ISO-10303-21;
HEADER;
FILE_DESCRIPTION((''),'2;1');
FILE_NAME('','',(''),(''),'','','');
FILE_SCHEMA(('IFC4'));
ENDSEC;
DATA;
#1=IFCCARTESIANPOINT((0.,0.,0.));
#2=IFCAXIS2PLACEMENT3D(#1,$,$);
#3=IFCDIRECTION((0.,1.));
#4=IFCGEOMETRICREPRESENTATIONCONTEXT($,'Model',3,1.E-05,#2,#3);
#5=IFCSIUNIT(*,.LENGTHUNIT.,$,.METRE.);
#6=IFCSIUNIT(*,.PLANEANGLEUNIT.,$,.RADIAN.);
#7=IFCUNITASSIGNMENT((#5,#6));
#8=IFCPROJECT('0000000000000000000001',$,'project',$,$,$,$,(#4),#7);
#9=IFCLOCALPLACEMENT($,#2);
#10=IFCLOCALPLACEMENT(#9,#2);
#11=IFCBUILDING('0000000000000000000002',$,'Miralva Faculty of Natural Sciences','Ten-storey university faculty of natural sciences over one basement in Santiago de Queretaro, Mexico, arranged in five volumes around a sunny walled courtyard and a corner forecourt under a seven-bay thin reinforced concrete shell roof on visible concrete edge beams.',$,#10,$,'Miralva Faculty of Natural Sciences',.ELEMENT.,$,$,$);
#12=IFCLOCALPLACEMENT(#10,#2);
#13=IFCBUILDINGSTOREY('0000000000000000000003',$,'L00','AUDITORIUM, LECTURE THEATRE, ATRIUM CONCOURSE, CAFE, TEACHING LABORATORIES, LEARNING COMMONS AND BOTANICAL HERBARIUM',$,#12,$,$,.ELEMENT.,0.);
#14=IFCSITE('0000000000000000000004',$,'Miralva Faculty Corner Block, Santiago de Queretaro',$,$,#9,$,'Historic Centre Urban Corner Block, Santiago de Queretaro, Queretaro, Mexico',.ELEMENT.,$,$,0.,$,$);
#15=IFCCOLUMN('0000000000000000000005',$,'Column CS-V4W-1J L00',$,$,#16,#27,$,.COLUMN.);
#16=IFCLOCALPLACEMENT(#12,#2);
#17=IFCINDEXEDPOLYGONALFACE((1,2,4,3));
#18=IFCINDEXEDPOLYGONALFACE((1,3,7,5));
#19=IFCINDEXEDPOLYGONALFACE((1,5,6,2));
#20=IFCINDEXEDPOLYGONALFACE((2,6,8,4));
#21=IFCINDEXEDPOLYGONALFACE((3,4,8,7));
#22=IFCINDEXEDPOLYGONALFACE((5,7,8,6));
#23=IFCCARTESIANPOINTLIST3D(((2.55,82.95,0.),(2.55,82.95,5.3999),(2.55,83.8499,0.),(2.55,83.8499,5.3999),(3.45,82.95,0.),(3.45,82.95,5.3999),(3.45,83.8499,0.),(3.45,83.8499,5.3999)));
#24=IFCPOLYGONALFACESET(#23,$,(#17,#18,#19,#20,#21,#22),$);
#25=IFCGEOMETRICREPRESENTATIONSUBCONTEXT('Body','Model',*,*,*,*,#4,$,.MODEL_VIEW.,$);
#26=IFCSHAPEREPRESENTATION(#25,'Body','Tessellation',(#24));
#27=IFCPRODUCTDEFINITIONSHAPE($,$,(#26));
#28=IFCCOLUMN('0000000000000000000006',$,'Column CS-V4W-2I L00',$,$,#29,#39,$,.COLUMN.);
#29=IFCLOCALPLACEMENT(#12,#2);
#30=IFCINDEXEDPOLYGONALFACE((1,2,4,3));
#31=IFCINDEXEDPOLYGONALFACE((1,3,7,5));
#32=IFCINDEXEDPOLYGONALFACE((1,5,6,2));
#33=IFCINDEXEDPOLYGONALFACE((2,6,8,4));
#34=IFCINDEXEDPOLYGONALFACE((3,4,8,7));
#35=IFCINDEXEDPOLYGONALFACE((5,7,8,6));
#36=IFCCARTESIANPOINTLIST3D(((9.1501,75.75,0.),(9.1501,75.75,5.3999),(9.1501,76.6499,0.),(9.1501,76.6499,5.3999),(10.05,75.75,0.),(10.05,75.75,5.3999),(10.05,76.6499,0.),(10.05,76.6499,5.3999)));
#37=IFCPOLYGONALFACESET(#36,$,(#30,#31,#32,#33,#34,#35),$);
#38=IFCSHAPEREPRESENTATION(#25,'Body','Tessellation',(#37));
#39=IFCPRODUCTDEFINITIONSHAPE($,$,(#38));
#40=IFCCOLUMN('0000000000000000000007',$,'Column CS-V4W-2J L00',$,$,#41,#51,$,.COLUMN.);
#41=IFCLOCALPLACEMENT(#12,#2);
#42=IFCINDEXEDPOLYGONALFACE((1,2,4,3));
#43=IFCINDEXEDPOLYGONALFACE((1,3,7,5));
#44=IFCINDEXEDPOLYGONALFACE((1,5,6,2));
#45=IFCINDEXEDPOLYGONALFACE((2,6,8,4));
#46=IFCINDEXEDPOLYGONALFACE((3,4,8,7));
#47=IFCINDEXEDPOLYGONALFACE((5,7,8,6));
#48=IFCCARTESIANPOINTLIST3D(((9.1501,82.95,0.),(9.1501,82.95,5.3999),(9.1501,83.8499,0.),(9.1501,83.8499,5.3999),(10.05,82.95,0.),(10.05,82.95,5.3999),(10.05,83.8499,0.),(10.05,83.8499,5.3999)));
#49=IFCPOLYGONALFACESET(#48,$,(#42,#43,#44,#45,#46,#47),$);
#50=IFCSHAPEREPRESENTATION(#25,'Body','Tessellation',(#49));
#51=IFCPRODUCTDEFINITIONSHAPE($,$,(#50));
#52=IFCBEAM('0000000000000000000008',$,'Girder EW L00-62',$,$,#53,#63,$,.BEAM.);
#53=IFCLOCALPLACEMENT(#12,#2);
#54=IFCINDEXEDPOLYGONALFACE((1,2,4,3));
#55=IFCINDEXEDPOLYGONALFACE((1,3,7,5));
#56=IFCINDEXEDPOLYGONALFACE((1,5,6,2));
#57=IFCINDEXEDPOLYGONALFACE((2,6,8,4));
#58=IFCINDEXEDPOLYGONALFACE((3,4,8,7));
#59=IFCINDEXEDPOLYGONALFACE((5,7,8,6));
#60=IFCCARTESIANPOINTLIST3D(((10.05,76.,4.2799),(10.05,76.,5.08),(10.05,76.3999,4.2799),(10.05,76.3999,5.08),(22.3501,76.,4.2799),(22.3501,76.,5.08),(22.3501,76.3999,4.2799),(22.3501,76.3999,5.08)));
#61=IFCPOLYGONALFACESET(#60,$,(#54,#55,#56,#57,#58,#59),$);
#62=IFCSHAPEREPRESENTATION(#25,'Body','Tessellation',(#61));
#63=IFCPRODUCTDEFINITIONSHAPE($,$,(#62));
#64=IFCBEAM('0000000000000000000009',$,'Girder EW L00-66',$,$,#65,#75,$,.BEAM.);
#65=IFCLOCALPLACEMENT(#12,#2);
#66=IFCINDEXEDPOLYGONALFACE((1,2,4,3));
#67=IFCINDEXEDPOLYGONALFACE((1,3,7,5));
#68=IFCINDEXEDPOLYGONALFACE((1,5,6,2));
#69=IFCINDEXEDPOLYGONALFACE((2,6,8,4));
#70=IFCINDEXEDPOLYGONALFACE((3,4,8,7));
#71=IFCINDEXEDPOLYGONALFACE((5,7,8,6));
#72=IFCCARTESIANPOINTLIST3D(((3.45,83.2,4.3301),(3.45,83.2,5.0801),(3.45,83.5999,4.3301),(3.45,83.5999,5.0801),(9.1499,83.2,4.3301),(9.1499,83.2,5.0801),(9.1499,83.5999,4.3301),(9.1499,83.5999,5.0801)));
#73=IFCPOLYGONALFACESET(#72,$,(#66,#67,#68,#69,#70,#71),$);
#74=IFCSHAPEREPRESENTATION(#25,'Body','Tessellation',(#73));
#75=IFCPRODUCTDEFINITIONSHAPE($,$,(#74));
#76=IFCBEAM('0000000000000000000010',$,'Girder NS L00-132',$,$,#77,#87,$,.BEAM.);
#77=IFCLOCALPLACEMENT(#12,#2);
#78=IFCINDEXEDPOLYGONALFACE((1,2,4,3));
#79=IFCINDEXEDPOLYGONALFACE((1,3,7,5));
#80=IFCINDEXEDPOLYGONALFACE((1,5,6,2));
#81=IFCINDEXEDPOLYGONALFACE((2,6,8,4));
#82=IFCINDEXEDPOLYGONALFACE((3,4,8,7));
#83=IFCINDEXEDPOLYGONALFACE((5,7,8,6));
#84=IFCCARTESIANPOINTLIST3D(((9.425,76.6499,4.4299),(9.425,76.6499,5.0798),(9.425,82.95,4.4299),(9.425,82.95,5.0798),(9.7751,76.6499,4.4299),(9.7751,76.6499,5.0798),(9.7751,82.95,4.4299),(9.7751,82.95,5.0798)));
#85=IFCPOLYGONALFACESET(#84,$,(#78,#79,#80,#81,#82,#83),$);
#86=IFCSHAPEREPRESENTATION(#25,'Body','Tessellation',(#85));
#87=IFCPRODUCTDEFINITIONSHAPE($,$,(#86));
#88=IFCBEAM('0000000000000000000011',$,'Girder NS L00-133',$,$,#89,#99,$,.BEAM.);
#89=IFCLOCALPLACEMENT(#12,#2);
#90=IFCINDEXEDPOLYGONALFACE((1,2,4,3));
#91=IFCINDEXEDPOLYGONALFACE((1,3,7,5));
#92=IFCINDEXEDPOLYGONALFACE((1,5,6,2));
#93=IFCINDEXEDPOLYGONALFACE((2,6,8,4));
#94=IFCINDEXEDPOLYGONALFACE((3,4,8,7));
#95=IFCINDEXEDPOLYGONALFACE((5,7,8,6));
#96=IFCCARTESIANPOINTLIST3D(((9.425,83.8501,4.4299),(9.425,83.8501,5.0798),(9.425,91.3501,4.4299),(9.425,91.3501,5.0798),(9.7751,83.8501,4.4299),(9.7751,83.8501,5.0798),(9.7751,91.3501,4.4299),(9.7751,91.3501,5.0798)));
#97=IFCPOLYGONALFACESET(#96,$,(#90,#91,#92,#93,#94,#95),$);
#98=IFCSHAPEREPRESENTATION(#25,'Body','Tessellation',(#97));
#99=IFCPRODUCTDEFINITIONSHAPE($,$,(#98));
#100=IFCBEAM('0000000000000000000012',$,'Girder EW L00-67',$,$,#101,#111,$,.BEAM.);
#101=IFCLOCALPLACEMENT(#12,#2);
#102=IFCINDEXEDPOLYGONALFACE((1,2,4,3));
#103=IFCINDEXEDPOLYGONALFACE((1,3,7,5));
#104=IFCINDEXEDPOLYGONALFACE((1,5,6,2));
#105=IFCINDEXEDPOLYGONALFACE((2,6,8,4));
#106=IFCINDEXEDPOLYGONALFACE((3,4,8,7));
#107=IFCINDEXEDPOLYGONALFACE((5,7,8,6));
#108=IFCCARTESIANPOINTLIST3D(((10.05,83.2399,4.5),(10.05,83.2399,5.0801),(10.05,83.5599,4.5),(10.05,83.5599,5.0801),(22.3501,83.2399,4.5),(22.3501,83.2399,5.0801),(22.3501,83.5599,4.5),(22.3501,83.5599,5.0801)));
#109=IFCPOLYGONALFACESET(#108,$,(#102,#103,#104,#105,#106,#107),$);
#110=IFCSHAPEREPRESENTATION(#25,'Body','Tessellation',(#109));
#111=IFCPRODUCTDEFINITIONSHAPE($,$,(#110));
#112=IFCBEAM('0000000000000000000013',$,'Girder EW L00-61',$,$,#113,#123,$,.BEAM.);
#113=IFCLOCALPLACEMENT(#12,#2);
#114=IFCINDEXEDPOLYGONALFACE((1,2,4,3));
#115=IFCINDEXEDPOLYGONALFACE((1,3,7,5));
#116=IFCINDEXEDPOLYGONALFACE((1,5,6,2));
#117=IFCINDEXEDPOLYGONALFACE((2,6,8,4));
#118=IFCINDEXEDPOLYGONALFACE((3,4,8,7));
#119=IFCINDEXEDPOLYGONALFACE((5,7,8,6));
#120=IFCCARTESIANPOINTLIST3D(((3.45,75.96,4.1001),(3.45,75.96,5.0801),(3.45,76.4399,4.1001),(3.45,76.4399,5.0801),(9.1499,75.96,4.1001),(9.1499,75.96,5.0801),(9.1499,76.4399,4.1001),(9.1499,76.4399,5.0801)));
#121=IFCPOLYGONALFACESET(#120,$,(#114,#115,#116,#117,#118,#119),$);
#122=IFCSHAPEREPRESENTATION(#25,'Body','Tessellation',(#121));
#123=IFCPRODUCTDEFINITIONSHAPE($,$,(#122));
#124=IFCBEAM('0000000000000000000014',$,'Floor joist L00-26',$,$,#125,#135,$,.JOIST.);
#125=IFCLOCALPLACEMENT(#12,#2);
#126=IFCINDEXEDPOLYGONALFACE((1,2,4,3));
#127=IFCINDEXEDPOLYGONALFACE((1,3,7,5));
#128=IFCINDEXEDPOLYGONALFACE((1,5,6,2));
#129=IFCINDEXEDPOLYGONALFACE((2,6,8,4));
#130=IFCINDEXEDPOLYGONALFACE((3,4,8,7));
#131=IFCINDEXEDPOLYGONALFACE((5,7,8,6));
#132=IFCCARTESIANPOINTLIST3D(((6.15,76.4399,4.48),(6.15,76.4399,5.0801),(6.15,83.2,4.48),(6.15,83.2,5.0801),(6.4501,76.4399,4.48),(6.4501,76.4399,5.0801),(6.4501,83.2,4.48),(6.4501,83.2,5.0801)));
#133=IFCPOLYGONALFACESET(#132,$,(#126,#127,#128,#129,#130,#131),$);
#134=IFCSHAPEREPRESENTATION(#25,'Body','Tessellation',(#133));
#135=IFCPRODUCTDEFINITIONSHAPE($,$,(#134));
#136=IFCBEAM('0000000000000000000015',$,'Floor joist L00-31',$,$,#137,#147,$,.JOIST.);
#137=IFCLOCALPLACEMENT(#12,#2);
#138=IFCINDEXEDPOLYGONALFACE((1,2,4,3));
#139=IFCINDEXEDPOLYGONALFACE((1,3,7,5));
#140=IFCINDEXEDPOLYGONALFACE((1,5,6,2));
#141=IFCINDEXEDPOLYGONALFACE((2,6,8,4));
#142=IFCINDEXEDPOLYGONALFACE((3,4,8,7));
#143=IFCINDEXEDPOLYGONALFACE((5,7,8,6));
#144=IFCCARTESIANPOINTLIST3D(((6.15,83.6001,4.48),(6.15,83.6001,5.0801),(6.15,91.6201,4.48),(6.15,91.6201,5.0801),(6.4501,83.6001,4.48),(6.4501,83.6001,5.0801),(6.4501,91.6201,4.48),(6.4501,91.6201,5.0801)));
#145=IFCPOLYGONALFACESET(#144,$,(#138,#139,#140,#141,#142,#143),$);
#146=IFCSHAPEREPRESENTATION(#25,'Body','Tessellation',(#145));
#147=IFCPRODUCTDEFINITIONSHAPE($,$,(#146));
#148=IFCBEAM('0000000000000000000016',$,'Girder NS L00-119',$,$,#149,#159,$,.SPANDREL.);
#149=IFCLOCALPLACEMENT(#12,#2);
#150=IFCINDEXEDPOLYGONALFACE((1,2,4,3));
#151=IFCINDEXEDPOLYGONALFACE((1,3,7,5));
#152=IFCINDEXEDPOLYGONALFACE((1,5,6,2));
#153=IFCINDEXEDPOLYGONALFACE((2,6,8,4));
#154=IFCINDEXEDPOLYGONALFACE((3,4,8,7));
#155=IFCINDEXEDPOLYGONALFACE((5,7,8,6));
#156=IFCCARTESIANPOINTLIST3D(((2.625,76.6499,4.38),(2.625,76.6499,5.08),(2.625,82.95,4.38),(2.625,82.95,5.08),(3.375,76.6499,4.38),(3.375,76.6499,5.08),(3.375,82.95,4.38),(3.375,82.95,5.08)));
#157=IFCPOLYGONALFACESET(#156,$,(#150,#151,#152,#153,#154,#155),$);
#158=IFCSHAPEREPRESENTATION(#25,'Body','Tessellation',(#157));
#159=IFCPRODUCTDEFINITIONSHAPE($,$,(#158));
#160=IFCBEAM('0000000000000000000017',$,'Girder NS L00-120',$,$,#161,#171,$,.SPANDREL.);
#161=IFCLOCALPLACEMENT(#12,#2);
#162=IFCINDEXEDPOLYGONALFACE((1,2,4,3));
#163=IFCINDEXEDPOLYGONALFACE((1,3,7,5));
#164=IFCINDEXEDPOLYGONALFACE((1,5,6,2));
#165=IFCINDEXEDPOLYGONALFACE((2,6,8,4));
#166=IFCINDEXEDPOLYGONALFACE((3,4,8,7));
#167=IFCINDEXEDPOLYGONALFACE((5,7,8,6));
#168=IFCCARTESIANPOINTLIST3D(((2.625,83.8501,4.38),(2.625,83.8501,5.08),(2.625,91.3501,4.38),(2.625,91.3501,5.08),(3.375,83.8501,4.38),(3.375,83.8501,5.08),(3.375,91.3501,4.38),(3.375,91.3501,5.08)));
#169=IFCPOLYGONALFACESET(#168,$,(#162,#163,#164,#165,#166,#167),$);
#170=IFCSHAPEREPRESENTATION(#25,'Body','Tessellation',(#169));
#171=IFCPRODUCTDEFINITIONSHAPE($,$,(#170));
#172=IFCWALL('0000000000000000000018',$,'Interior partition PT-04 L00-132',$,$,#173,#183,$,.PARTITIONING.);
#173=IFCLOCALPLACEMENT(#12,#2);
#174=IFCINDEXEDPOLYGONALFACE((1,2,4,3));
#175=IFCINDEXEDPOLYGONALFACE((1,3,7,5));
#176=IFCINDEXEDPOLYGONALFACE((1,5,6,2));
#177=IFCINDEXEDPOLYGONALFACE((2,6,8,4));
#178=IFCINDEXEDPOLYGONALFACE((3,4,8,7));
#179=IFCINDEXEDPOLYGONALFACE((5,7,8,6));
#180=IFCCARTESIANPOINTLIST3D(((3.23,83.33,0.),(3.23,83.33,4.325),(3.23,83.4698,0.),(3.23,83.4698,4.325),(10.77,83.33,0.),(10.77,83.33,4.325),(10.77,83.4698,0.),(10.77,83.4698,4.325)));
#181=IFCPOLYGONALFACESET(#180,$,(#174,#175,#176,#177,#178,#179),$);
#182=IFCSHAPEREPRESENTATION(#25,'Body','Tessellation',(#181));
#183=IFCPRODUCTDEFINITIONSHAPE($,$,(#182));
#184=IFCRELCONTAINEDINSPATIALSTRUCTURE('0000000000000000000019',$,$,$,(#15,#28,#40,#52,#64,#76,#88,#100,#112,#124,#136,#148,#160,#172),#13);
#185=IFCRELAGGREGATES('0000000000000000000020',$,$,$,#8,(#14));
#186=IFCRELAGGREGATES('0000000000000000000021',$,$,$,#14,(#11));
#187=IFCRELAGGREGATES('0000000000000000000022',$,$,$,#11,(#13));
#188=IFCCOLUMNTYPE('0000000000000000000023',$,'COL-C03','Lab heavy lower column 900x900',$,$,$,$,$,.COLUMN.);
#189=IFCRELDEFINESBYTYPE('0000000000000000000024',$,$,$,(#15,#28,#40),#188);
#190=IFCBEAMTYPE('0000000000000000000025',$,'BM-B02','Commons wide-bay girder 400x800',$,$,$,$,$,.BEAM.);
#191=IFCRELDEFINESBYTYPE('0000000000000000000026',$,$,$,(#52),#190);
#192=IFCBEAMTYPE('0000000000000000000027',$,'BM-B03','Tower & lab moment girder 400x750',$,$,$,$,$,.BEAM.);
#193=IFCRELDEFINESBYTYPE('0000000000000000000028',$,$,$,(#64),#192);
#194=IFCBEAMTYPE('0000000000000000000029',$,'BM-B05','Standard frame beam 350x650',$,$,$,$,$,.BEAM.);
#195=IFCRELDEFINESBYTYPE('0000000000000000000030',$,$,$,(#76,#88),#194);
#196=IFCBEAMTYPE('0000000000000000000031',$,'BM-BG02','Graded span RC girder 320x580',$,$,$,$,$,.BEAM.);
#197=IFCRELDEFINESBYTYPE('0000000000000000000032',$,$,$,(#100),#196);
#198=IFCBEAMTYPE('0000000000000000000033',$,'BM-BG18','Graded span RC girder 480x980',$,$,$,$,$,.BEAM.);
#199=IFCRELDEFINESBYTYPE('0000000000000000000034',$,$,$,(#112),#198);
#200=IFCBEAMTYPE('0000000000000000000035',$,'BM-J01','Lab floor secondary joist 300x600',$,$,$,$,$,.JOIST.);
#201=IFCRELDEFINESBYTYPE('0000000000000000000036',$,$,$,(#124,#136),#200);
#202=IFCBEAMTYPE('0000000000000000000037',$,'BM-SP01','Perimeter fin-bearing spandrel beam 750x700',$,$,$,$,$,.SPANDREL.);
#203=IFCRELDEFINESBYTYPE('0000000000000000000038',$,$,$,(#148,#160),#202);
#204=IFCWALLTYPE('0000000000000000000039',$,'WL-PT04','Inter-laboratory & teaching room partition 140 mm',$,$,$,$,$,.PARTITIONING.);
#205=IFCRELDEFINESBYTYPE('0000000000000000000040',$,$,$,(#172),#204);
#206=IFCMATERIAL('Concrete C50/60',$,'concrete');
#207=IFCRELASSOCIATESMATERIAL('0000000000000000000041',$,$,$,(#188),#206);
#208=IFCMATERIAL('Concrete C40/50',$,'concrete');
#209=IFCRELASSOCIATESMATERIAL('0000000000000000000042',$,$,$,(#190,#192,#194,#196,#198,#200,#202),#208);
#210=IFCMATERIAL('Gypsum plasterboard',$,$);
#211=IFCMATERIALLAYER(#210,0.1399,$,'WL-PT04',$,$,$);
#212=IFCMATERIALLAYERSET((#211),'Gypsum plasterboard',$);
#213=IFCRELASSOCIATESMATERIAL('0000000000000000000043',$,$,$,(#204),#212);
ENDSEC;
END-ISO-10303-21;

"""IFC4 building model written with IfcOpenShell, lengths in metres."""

from ifc_helpers import new_model, si_unit, direction, frame, frame_2d, origin, origin_2d, place, context, subcontext, project, spatial, rectangle, extrude, material, layer, layer_set, material_profile, profile_set, type_object, element, save


model = new_model("IFC4")

# Units and contexts
model_context = context("Model", 3, precision=1e-05, world=origin(), true_north=direction((0.0, 1.0)))
body_context = subcontext(model_context, "Body", "Model", "MODEL_VIEW")
ifc_project = project(units=[si_unit("LENGTHUNIT", "METRE"), si_unit("PLANEANGLEUNIT", "RADIAN")], contexts=[model_context])

# Site, building, storey
site_placement = place(None, origin())
site = spatial("IfcSite", under=ifc_project, at=site_placement, Name="Miralva Faculty Corner Block, Santiago de Queretaro", LongName="Historic Centre Urban Corner Block, Santiago de Queretaro, Queretaro, Mexico", CompositionType="ELEMENT", RefElevation=0.0)
building_placement = place(site_placement, origin())
building = spatial("IfcBuilding", under=site, at=building_placement, Name="Miralva Faculty of Natural Sciences", Description="Ten-storey university faculty of natural sciences over one basement in Santiago de Queretaro, Mexico, arranged in five volumes around a sunny walled courtyard and a corner forecourt under a seven-bay thin reinforced concrete shell roof on visible concrete edge beams.", LongName="Miralva Faculty of Natural Sciences", CompositionType="ELEMENT")
storey_placement = place(building_placement, origin())
storey = spatial("IfcBuildingStorey", under=building, at=storey_placement, Name="L00", Description="AUDITORIUM, LECTURE THEATRE, ATRIUM CONCOURSE, CAFE, TEACHING LABORATORIES, LEARNING COMMONS AND BOTANICAL HERBARIUM", CompositionType="ELEMENT", Elevation=0.0)

# Columns
ifc_material_1 = material(Name="Concrete C50/60", Category="concrete")
ifc_material_profile_1 = material_profile(ifc_material_1, rectangle(XDim=0.8999, YDim=0.8999, at=origin_2d()), Name="RC 900x900")
ifc_profile_set_1 = profile_set([ifc_material_profile_1], Name="Concrete C50/60")
column_type = type_object("IfcColumnType", Name="COL-C03", Description="Lab heavy lower column 900x900", PredefinedType="COLUMN", material=ifc_profile_set_1)
for number, where, z_axis, x_axis, name in (
    (1, (3.0, 83.3999, 0.0), (0.0, 0.0, 1.0), (1.0, 0.0, 0.0), "Column CS-V4W-1J L00"),
    (2, (9.6001, 76.2, 0.0), (0.0, 0.0, 1.0), (1.0, 0.0, 0.0), "Column CS-V4W-2I L00"),
    (3, (9.6001, 83.3999, 0.0), (0.0, 0.0, 1.0), (1.0, 0.0, 0.0), "Column CS-V4W-2J L00"),
):
    element("IfcColumn", number, at=place(storey_placement, frame(where, z_axis=z_axis, x_axis=x_axis)), inside=storey, type_object=column_type, Name=name, PredefinedType="COLUMN", context=body_context, shape_type="SweptSolid", body=[
        extrude(rectangle(XDim=0.8999, YDim=0.8999, at=origin_2d()), origin(), (0.0, 0.0, 1.0), 5.3999),
    ])

# Beams
ifc_material_2 = material(Name="Concrete C40/50", Category="concrete")
ifc_material_profile_2 = material_profile(ifc_material_2, rectangle(XDim=0.3999, YDim=0.8, at=origin_2d()), Name="RC 400x800")
ifc_profile_set_2 = profile_set([ifc_material_profile_2], Name="Concrete C40/50")
beam_type_1 = type_object("IfcBeamType", Name="BM-B02", Description="Commons wide-bay girder 400x800", PredefinedType="BEAM", material=ifc_profile_set_2)
beam_1_placement = place(storey_placement, frame((10.05, 76.2, 4.6799), z_axis=(1.0, 0.0, 0.0), x_axis=(0.0, 1.0, 0.0)))
element("IfcBeam", 4, at=beam_1_placement, inside=storey, type_object=beam_type_1, Name="Girder EW L00-62", PredefinedType="BEAM", context=body_context, shape_type="SweptSolid", body=[
    extrude(rectangle(XDim=0.3999, YDim=0.8, at=origin_2d()), origin(), (0.0, 0.0, 1.0), 12.3),
])
ifc_material_profile_3 = material_profile(ifc_material_2, rectangle(XDim=0.3999, YDim=0.75, at=origin_2d()), Name="RC 400x750")
ifc_profile_set_3 = profile_set([ifc_material_profile_3], Name="Concrete C40/50")
beam_type_2 = type_object("IfcBeamType", Name="BM-B03", Description="Tower & lab moment girder 400x750", PredefinedType="BEAM", material=ifc_profile_set_3)
beam_2_placement = place(storey_placement, frame((3.45, 83.3999, 4.7051), z_axis=(1.0, 0.0, 0.0), x_axis=(0.0, 1.0, 0.0)))
element("IfcBeam", 5, at=beam_2_placement, inside=storey, type_object=beam_type_2, Name="Girder EW L00-66", PredefinedType="BEAM", context=body_context, shape_type="SweptSolid", body=[
    extrude(rectangle(XDim=0.3999, YDim=0.75, at=origin_2d()), origin(), (0.0, 0.0, 1.0), 5.7),
])
ifc_material_profile_4 = material_profile(ifc_material_2, rectangle(XDim=0.3501, YDim=0.6499, at=origin_2d()), Name="RC 350x650")
ifc_profile_set_4 = profile_set([ifc_material_profile_4], Name="Concrete C40/50")
beam_type_3 = type_object("IfcBeamType", Name="BM-B05", Description="Standard frame beam 350x650", PredefinedType="BEAM", material=ifc_profile_set_4)
beam_3_placement = place(storey_placement, frame((9.6001, 76.6499, 4.7549), z_axis=(0.0, 1.0, 0.0), x_axis=(-1.0, 0.0, 0.0)))
element("IfcBeam", 6, at=beam_3_placement, inside=storey, type_object=beam_type_3, Name="Girder NS L00-132", PredefinedType="BEAM", context=body_context, shape_type="SweptSolid", body=[
    extrude(rectangle(XDim=0.3501, YDim=0.6499, at=origin_2d()), origin(), (0.0, 0.0, 1.0), 6.3),
])
beam_4_placement = place(storey_placement, frame((9.6001, 83.8501, 4.7549), z_axis=(0.0, 1.0, 0.0), x_axis=(-1.0, 0.0, 0.0)))
element("IfcBeam", 7, at=beam_4_placement, inside=storey, type_object=beam_type_3, Name="Girder NS L00-133", PredefinedType="BEAM", context=body_context, shape_type="SweptSolid", body=[
    extrude(rectangle(XDim=0.3501, YDim=0.6499, at=origin_2d()), origin(), (0.0, 0.0, 1.0), 7.5),
])
ifc_material_profile_5 = material_profile(ifc_material_2, rectangle(XDim=0.3201, YDim=0.5801, at=origin_2d()), Name="RC 320x580")
ifc_profile_set_5 = profile_set([ifc_material_profile_5], Name="Concrete C40/50")
beam_type_4 = type_object("IfcBeamType", Name="BM-BG02", Description="Graded span RC girder 320x580", PredefinedType="BEAM", material=ifc_profile_set_5)
beam_5_placement = place(storey_placement, frame((10.05, 83.3999, 4.79), z_axis=(1.0, 0.0, 0.0), x_axis=(0.0, 1.0, 0.0)))
element("IfcBeam", 8, at=beam_5_placement, inside=storey, type_object=beam_type_4, Name="Girder EW L00-67", PredefinedType="BEAM", context=body_context, shape_type="SweptSolid", body=[
    extrude(rectangle(XDim=0.3201, YDim=0.5801, at=origin_2d()), origin(), (0.0, 0.0, 1.0), 12.3),
])
ifc_material_profile_6 = material_profile(ifc_material_2, rectangle(XDim=0.48, YDim=0.98, at=origin_2d()), Name="RC 480x980")
ifc_profile_set_6 = profile_set([ifc_material_profile_6], Name="Concrete C40/50")
beam_type_5 = type_object("IfcBeamType", Name="BM-BG18", Description="Graded span RC girder 480x980", PredefinedType="BEAM", material=ifc_profile_set_6)
beam_6_placement = place(storey_placement, frame((3.45, 76.2, 4.5901), z_axis=(1.0, 0.0, 0.0), x_axis=(0.0, 1.0, 0.0)))
element("IfcBeam", 9, at=beam_6_placement, inside=storey, type_object=beam_type_5, Name="Girder EW L00-61", PredefinedType="BEAM", context=body_context, shape_type="SweptSolid", body=[
    extrude(rectangle(XDim=0.48, YDim=0.98, at=origin_2d()), origin(), (0.0, 0.0, 1.0), 5.7),
])
ifc_material_profile_7 = material_profile(ifc_material_2, rectangle(XDim=0.3, YDim=0.6001, at=origin_2d()), Name="RC 300x600")
ifc_profile_set_7 = profile_set([ifc_material_profile_7], Name="Concrete C40/50")
beam_type_6 = type_object("IfcBeamType", Name="BM-J01", Description="Lab floor secondary joist 300x600", PredefinedType="JOIST", material=ifc_profile_set_7)
beam_7_placement = place(storey_placement, frame((6.3, 76.4399, 4.78), z_axis=(0.0, 1.0, 0.0), x_axis=(-1.0, 0.0, 0.0)))
element("IfcBeam", 10, at=beam_7_placement, inside=storey, type_object=beam_type_6, Name="Floor joist L00-26", PredefinedType="JOIST", context=body_context, shape_type="SweptSolid", body=[
    extrude(rectangle(XDim=0.3, YDim=0.6001, at=origin_2d()), origin(), (0.0, 0.0, 1.0), 6.76),
])
beam_8_placement = place(storey_placement, frame((6.3, 83.6001, 4.78), z_axis=(0.0, 1.0, 0.0), x_axis=(-1.0, 0.0, 0.0)))
element("IfcBeam", 11, at=beam_8_placement, inside=storey, type_object=beam_type_6, Name="Floor joist L00-31", PredefinedType="JOIST", context=body_context, shape_type="SweptSolid", body=[
    extrude(rectangle(XDim=0.3, YDim=0.6001, at=origin_2d()), origin(), (0.0, 0.0, 1.0), 8.02),
])
ifc_material_profile_8 = material_profile(ifc_material_2, rectangle(XDim=0.75, YDim=0.7, at=origin_2d()), Name="RC 750x700")
ifc_profile_set_8 = profile_set([ifc_material_profile_8], Name="Concrete C40/50")
beam_type_7 = type_object("IfcBeamType", Name="BM-SP01", Description="Perimeter fin-bearing spandrel beam 750x700", PredefinedType="SPANDREL", material=ifc_profile_set_8)
beam_9_placement = place(storey_placement, frame((3.0, 76.6499, 4.73), z_axis=(0.0, 1.0, 0.0), x_axis=(-1.0, 0.0, 0.0)))
element("IfcBeam", 12, at=beam_9_placement, inside=storey, type_object=beam_type_7, Name="Girder NS L00-119", PredefinedType="SPANDREL", context=body_context, shape_type="SweptSolid", body=[
    extrude(rectangle(XDim=0.75, YDim=0.7, at=origin_2d()), origin(), (0.0, 0.0, 1.0), 6.3),
])
beam_10_placement = place(storey_placement, frame((3.0, 83.8501, 4.73), z_axis=(0.0, 1.0, 0.0), x_axis=(-1.0, 0.0, 0.0)))
element("IfcBeam", 13, at=beam_10_placement, inside=storey, type_object=beam_type_7, Name="Girder NS L00-120", PredefinedType="SPANDREL", context=body_context, shape_type="SweptSolid", body=[
    extrude(rectangle(XDim=0.75, YDim=0.7, at=origin_2d()), origin(), (0.0, 0.0, 1.0), 7.5),
])

# Wall
ifc_material_3 = material(Name="Gypsum plasterboard")
ifc_layer_1 = layer(ifc_material_3, 0.1399, Name="WL-PT04")
ifc_layer_set_1 = layer_set([ifc_layer_1], Name="Gypsum plasterboard")
wall_type_1 = type_object("IfcWallType", Name="WL-PT04", Description="Inter-laboratory & teaching room partition 140 mm", PredefinedType="PARTITIONING", material=ifc_layer_set_1)
wall_1_placement = place(storey_placement, frame((3.23, 83.3999, 0.0), z_axis=(0.0, 0.0, 1.0), x_axis=(1.0, 0.0, 0.0)))
element("IfcWall", 14, at=wall_1_placement, inside=storey, type_object=wall_type_1, Name="Interior partition PT-04 L00-132", PredefinedType="PARTITIONING", context=body_context, shape_type="SweptSolid", body=[
    extrude(rectangle(XDim=7.54, YDim=0.1399, at=frame_2d((3.77, 0.0))), origin(), (0.0, 0.0, 1.0), 4.325),
])

save(model, "model.ifc")
